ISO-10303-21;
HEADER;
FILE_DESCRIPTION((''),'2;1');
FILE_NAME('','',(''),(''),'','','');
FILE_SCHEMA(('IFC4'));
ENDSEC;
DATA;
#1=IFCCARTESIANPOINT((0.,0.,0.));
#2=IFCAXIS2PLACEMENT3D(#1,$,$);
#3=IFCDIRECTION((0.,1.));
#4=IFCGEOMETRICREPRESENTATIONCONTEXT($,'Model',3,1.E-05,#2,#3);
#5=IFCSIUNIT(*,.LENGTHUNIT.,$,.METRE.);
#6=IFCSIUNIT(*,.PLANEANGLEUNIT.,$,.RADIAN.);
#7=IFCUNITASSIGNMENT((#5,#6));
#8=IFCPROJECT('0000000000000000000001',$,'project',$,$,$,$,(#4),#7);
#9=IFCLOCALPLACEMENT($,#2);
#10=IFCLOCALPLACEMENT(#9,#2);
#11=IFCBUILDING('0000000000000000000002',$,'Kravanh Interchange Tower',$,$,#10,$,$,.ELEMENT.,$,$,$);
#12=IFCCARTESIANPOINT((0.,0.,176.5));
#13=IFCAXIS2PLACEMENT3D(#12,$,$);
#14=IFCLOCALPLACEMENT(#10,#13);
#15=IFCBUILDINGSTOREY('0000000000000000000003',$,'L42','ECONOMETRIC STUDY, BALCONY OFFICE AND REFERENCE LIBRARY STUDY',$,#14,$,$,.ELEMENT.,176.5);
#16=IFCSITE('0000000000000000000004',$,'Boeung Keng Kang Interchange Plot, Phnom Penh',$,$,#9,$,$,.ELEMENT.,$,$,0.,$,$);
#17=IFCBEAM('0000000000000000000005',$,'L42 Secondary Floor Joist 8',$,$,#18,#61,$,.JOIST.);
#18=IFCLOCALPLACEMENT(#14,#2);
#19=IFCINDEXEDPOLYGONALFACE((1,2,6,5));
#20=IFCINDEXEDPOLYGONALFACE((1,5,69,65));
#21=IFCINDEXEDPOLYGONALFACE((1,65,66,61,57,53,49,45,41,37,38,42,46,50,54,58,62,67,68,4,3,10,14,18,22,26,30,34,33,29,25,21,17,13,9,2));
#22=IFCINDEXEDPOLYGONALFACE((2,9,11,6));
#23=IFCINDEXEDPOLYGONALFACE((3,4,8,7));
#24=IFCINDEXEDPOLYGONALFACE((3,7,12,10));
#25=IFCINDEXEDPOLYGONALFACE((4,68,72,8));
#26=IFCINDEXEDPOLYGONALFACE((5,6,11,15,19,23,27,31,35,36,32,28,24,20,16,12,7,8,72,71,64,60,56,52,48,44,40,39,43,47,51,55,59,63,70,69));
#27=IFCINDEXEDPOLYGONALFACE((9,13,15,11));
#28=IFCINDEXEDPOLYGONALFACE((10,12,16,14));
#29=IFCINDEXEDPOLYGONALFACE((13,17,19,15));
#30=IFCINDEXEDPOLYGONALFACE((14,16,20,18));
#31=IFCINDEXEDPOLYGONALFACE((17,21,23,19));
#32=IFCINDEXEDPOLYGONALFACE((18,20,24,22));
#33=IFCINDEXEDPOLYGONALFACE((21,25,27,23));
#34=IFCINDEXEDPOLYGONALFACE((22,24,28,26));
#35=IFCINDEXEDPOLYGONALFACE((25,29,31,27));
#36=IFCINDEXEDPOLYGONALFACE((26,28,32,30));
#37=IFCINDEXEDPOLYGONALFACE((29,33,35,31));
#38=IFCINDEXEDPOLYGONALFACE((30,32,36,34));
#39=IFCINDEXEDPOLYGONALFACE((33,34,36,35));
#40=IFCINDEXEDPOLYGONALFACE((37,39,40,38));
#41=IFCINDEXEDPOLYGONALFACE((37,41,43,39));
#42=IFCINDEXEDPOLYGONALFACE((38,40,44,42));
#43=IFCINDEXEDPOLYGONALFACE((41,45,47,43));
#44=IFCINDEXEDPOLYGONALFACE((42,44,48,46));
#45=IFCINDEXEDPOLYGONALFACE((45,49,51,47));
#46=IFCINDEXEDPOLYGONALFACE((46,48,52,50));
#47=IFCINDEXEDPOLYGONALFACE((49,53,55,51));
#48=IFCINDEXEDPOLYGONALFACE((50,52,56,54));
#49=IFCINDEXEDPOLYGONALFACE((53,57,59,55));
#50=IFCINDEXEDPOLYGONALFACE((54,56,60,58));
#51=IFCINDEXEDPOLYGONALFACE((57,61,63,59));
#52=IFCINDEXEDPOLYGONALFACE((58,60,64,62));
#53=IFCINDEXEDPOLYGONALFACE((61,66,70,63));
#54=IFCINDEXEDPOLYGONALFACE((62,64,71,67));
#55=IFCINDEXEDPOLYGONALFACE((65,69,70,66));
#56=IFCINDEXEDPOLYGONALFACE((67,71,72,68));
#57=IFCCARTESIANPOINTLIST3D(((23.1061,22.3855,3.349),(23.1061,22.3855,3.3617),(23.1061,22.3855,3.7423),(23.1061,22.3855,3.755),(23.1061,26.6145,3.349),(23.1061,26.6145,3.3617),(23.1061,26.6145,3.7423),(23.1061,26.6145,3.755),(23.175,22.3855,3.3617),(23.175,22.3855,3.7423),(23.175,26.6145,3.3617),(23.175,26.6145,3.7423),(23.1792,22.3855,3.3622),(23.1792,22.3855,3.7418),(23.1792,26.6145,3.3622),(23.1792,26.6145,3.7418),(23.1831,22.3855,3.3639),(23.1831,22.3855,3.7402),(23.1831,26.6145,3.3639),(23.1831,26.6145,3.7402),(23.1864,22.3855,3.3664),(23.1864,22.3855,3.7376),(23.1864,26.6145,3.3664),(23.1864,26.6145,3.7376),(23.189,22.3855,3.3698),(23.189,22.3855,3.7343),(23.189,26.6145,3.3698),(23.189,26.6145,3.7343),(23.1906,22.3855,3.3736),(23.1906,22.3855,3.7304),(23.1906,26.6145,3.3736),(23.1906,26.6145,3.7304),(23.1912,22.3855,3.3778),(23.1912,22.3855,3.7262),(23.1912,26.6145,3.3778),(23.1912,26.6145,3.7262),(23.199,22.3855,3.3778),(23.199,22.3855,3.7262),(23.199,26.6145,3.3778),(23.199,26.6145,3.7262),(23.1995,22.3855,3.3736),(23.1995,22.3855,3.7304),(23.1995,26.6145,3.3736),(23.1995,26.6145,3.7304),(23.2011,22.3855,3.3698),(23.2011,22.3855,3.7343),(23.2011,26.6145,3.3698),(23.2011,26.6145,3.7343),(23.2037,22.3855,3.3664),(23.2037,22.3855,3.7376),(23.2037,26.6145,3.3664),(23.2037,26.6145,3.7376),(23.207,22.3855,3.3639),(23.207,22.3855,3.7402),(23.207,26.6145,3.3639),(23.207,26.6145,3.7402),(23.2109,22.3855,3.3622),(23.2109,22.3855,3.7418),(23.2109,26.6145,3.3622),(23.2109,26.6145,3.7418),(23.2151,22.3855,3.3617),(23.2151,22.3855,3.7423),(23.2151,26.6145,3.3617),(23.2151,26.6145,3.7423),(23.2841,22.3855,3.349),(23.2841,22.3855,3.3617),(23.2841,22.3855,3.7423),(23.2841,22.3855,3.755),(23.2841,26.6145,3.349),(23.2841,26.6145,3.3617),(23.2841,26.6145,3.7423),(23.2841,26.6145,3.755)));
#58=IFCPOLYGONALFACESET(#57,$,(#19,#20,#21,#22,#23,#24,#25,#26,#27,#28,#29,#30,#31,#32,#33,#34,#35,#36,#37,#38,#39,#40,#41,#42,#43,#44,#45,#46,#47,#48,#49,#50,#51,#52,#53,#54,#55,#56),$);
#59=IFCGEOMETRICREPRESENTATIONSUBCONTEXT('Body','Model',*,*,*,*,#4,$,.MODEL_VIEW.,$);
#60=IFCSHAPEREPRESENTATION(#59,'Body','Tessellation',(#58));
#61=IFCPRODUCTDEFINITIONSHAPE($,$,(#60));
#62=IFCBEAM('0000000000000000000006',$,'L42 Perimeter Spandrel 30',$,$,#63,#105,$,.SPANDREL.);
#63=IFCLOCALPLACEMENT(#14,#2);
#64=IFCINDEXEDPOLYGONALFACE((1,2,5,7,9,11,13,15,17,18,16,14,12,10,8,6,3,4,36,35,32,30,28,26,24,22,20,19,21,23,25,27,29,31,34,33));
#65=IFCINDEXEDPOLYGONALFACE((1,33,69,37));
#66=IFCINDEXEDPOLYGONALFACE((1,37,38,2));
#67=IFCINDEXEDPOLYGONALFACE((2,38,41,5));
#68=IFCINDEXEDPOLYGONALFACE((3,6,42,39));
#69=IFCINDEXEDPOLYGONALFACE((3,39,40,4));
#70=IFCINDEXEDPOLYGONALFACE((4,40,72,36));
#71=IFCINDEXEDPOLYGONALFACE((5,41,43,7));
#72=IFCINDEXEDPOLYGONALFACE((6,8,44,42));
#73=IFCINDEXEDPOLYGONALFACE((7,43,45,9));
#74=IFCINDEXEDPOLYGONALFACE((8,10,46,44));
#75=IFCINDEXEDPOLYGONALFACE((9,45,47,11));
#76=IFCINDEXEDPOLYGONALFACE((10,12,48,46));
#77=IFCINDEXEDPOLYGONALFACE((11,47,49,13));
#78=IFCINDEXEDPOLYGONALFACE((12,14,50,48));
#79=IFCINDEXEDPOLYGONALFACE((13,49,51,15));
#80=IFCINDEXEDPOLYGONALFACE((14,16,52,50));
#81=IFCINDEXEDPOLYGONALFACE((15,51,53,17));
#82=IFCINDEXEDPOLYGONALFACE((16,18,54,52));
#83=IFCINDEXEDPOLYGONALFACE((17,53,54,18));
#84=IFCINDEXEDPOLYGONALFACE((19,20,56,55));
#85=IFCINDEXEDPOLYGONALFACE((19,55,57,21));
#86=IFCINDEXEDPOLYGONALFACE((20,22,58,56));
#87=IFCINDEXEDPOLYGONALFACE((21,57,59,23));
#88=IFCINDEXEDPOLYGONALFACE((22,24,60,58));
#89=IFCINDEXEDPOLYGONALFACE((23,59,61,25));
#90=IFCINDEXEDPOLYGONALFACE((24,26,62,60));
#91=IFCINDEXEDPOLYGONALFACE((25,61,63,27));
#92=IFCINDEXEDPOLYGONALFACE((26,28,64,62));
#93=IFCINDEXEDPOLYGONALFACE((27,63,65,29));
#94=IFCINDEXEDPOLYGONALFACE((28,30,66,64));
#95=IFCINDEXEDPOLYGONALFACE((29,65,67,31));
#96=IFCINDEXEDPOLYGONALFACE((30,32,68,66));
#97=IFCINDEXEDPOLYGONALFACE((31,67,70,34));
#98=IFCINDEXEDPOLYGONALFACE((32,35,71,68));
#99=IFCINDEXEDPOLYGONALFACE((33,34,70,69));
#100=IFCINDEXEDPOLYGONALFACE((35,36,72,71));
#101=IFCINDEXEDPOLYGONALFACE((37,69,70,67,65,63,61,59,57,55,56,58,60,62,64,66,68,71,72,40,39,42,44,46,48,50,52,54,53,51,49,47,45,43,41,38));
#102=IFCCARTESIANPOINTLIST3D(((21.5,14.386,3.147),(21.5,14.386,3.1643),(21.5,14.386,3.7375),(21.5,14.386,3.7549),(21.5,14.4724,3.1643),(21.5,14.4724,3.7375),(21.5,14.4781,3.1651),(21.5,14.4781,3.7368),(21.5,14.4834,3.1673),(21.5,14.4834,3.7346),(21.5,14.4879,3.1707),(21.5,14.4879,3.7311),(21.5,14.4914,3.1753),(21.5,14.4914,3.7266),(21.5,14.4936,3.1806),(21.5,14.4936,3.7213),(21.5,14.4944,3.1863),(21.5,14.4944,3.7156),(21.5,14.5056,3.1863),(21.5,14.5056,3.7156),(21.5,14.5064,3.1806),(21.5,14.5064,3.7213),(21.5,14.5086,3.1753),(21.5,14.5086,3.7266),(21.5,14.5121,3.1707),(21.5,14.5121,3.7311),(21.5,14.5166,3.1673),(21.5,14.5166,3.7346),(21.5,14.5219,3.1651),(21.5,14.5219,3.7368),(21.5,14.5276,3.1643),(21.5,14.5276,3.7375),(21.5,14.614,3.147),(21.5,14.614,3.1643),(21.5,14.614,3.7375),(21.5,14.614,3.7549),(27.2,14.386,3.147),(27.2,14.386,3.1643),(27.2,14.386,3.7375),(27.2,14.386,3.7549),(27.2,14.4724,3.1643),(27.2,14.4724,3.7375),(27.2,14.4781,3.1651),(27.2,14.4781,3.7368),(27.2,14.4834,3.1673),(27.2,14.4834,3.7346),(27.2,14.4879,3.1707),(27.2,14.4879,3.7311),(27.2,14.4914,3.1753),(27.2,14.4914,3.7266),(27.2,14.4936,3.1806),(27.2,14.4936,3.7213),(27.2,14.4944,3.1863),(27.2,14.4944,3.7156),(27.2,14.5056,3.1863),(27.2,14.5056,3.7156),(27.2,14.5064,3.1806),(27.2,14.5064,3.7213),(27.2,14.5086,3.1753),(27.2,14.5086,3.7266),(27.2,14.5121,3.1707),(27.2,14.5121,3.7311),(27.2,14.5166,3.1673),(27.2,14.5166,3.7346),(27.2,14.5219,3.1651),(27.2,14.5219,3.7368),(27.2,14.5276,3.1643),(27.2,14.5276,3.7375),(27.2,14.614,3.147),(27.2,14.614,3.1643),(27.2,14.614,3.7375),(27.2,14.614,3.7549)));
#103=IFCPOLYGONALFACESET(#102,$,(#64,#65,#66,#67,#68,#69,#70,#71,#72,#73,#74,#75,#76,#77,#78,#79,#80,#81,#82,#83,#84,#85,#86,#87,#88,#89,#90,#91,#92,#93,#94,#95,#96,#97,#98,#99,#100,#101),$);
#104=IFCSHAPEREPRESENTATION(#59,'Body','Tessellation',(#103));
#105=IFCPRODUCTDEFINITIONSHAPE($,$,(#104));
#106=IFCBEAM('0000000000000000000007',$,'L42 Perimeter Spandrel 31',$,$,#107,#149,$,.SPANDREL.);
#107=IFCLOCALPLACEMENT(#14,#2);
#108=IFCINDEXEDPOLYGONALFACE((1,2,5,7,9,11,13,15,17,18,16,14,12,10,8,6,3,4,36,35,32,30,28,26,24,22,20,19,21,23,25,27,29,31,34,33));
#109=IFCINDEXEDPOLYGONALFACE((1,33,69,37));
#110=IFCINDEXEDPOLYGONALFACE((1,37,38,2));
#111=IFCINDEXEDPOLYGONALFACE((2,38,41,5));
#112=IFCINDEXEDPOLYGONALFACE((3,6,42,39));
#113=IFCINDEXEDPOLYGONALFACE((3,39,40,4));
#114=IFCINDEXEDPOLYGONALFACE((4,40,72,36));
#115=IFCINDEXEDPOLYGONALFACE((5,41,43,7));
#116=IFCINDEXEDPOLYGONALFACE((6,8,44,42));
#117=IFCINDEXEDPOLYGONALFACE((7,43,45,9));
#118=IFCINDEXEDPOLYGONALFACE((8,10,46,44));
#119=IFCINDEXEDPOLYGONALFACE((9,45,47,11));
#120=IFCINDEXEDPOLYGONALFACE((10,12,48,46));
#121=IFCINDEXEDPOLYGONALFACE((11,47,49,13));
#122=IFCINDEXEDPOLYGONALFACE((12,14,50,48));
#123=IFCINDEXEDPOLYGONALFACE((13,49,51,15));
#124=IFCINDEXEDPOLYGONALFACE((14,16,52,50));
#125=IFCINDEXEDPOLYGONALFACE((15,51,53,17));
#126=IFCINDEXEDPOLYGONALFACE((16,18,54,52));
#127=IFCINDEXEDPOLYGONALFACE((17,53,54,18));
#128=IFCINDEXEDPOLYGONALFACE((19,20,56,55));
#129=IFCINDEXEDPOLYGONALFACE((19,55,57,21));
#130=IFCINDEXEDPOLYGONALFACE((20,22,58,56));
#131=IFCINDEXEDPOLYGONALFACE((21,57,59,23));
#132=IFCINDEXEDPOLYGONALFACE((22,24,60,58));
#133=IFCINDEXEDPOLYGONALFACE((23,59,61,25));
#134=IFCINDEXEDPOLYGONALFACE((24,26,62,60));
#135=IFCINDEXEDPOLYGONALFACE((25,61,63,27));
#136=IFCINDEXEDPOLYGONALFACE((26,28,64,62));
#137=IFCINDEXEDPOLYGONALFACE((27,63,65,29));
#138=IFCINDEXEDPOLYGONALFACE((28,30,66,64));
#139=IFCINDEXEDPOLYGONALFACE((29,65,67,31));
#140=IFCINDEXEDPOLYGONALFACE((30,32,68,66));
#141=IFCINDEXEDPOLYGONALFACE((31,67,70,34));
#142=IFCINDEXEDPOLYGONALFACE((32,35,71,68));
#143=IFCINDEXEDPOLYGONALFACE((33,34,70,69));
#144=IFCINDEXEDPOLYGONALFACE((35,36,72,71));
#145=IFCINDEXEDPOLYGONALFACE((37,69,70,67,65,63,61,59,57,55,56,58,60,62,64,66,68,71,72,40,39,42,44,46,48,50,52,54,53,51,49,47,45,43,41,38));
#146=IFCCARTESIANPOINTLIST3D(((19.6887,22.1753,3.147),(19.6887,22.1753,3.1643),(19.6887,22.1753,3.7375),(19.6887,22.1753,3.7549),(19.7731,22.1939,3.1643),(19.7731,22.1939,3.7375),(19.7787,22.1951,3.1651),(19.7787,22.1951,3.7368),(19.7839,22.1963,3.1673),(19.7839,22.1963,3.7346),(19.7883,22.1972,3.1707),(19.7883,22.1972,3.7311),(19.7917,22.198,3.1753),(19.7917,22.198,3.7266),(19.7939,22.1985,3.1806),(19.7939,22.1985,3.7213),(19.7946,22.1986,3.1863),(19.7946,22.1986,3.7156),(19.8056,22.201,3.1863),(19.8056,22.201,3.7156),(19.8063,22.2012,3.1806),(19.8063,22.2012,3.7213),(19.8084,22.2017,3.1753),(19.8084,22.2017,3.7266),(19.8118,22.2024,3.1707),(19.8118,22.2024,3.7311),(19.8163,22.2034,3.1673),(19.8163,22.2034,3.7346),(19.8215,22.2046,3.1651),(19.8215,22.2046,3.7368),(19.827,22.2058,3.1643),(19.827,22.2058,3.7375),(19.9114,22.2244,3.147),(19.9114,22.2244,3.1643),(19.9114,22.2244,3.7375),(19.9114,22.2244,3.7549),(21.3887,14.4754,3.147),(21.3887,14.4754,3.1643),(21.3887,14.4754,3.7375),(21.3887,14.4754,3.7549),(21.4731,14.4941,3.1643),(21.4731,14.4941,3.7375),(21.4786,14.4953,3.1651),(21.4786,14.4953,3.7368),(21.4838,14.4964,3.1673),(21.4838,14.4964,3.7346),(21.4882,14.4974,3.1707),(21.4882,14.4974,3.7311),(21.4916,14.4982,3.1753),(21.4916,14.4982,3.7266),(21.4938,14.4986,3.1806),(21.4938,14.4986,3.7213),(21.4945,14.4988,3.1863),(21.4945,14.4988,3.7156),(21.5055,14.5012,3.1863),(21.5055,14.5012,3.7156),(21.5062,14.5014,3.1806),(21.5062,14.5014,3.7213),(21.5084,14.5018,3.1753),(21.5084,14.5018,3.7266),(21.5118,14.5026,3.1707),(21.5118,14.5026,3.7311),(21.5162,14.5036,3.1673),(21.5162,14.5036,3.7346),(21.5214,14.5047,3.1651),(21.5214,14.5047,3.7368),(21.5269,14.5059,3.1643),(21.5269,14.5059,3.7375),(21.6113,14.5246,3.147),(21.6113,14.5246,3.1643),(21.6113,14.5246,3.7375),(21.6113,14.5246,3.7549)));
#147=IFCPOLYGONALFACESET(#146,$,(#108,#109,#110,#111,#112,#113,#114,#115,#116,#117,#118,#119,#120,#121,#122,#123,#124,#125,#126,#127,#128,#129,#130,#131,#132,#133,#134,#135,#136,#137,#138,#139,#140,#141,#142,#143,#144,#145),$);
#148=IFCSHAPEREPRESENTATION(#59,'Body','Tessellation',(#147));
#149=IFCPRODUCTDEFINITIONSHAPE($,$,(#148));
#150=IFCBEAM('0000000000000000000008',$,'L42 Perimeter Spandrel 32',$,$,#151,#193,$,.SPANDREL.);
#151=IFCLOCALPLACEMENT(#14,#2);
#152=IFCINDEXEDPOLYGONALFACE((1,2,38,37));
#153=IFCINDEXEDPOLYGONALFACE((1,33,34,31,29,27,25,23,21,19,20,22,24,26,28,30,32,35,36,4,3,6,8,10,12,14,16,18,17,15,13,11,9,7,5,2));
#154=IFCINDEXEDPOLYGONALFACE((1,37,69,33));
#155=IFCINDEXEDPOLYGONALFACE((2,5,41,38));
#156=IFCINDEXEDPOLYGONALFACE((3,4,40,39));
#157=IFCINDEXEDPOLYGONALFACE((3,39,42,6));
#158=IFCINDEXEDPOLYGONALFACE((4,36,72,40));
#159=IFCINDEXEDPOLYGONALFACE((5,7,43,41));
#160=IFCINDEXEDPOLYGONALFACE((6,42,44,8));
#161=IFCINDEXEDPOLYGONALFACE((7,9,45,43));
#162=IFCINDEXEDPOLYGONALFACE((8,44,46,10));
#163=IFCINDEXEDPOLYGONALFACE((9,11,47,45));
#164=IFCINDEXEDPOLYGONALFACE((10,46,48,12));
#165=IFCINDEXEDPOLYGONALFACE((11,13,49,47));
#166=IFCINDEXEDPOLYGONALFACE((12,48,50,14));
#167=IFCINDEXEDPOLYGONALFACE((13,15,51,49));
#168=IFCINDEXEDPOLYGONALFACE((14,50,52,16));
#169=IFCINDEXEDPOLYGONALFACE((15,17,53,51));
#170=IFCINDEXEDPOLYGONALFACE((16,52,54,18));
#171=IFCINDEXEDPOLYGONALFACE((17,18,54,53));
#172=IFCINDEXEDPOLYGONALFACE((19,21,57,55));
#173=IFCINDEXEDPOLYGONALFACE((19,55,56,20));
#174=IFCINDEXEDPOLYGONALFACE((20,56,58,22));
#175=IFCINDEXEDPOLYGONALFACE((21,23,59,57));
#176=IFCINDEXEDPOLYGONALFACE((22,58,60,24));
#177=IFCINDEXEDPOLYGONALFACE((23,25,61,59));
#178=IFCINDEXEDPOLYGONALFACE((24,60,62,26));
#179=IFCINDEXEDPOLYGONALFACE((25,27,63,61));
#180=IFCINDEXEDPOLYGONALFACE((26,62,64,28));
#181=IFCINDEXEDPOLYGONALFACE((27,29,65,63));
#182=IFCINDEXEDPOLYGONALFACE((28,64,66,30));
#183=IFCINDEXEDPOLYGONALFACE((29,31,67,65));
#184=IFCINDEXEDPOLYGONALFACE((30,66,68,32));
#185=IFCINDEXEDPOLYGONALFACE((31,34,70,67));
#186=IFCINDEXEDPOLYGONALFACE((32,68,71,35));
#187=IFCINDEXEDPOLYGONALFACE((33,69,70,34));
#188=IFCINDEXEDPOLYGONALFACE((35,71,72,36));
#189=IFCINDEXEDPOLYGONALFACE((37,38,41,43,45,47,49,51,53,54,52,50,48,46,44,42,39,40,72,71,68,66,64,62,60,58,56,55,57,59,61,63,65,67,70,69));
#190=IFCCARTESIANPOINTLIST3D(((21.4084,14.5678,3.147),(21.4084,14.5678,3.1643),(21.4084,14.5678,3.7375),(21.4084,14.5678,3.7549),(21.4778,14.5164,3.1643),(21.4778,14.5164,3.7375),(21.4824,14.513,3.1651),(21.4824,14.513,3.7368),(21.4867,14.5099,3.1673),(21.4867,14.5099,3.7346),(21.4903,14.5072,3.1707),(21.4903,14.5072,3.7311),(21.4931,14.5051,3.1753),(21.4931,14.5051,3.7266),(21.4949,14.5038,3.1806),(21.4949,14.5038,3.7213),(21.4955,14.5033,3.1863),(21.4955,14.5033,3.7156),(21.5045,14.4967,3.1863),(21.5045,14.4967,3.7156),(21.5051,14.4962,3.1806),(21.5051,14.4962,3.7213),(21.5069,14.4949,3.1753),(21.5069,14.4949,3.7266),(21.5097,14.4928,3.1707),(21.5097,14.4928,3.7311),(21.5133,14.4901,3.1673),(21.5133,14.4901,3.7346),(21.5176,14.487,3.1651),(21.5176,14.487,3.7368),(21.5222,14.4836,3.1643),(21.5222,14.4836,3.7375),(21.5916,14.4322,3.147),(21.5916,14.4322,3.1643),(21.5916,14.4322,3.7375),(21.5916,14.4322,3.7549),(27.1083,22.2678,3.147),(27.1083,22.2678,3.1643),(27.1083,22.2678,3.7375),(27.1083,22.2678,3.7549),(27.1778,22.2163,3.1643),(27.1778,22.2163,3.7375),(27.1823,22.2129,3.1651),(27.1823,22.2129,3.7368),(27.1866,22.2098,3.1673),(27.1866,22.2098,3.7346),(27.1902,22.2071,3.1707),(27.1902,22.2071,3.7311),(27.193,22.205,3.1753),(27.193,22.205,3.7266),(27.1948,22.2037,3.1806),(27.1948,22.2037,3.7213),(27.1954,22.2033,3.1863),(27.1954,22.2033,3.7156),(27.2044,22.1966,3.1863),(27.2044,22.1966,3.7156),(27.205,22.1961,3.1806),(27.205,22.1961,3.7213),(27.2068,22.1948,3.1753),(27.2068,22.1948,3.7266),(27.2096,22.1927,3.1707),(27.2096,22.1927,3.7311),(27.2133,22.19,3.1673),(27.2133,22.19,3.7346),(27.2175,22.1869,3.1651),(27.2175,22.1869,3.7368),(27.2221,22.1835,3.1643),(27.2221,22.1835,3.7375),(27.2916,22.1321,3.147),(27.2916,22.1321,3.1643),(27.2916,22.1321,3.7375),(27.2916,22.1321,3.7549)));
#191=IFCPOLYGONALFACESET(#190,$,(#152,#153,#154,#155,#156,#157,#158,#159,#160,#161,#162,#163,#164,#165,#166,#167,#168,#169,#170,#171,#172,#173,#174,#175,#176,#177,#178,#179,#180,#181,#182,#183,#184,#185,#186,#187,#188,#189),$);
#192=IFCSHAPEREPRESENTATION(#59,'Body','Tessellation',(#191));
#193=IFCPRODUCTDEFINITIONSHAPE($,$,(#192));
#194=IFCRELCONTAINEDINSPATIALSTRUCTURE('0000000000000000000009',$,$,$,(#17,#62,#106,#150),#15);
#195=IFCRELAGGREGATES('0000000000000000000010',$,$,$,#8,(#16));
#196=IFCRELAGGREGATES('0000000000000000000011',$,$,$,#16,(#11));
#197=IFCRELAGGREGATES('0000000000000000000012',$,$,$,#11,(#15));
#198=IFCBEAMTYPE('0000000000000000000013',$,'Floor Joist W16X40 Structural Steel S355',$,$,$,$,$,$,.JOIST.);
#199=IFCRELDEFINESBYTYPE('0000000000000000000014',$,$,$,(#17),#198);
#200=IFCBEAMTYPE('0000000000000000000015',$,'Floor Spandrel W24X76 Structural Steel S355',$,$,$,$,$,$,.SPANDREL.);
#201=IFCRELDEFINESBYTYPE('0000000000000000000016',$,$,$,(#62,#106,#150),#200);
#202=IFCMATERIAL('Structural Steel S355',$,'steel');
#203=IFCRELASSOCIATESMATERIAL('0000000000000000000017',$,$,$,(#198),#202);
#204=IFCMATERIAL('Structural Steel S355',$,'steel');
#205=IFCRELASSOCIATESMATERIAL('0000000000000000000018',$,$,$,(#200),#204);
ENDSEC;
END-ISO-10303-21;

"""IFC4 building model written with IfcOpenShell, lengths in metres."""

from ifc_helpers import new_model, si_unit, direction, frame, origin, origin_2d, place, context, subcontext, project, spatial, i_section, extrude, material, material_profile, profile_set, type_object, element, save


model = new_model("IFC4")

# Units and contexts
model_context = context("Model", 3, precision=1e-05, world=origin(), true_north=direction((0.0, 1.0)))
body_context = subcontext(model_context, "Body", "Model", "MODEL_VIEW")
ifc_project = project(units=[si_unit("LENGTHUNIT", "METRE"), si_unit("PLANEANGLEUNIT", "RADIAN")], contexts=[model_context])

# Site, building, storey
site_placement = place(None, origin())
site = spatial("IfcSite", under=ifc_project, at=site_placement, Name="Boeung Keng Kang Interchange Plot, Phnom Penh", CompositionType="ELEMENT", RefElevation=0.0)
building_placement = place(site_placement, origin())
building = spatial("IfcBuilding", under=site, at=building_placement, Name="Kravanh Interchange Tower", CompositionType="ELEMENT")
storey_placement = place(building_placement, frame((0.0, 0.0, 176.5)))
storey = spatial("IfcBuildingStorey", under=building, at=storey_placement, Name="L42", Description="ECONOMETRIC STUDY, BALCONY OFFICE AND REFERENCE LIBRARY STUDY", CompositionType="ELEMENT", Elevation=176.5)

# Beams
ifc_material_1 = material(Name="Structural Steel S355", Category="steel")
ifc_material_profile_1 = material_profile(ifc_material_1, i_section(OverallWidth=0.178, OverallDepth=0.406, WebThickness=0.0078, FlangeThickness=0.0127, FilletRadius=0.0161, at=origin_2d()), Name="W16X40")
ifc_profile_set_1 = profile_set([ifc_material_profile_1], Name="Structural Steel S355")
beam_type_1 = type_object("IfcBeamType", Name="Floor Joist W16X40 Structural Steel S355", PredefinedType="JOIST", material=ifc_profile_set_1)
beam_1_placement = place(storey_placement, frame((23.1951, 22.3855, 3.552), z_axis=(0.0, 1.0, 0.0), x_axis=(-1.0, 0.0, 0.0)))
element("IfcBeam", 1, at=beam_1_placement, inside=storey, type_object=beam_type_1, Name="L42 Secondary Floor Joist 8", PredefinedType="JOIST", context=body_context, shape_type="SweptSolid", body=[
    extrude(i_section(OverallWidth=0.178, OverallDepth=0.406, WebThickness=0.0078, FlangeThickness=0.0127, FilletRadius=0.0161, at=origin_2d()), origin(), (0.0, 0.0, 1.0), 4.229),
])
ifc_material_2 = material(Name="Structural Steel S355", Category="steel")
ifc_material_profile_2 = material_profile(ifc_material_2, i_section(OverallWidth=0.228, OverallDepth=0.6079, WebThickness=0.0112, FlangeThickness=0.0173, FilletRadius=0.022, at=origin_2d()), Name="W24X76")
ifc_profile_set_2 = profile_set([ifc_material_profile_2], Name="Structural Steel S355")
beam_type_2 = type_object("IfcBeamType", Name="Floor Spandrel W24X76 Structural Steel S355", PredefinedType="SPANDREL", material=ifc_profile_set_2)
beam_2_placement = place(storey_placement, frame((21.5, 14.5, 3.4509), z_axis=(1.0, 0.0, 0.0), x_axis=(0.0, 1.0, 0.0)))
element("IfcBeam", 2, at=beam_2_placement, inside=storey, type_object=beam_type_2, Name="L42 Perimeter Spandrel 30", PredefinedType="SPANDREL", context=body_context, shape_type="SweptSolid", body=[
    extrude(i_section(OverallWidth=0.228, OverallDepth=0.6079, WebThickness=0.0112, FlangeThickness=0.0173, FilletRadius=0.022, at=origin_2d()), origin(), (0.0, 0.0, 1.0), 5.7),
])
beam_3_placement = place(storey_placement, frame((21.5, 14.5, 3.4509), z_axis=(-0.215583, 0.976486, 0.0), x_axis=(-0.976486, -0.215583, 0.0)))
element("IfcBeam", 3, at=beam_3_placement, inside=storey, type_object=beam_type_2, Name="L42 Perimeter Spandrel 31", PredefinedType="SPANDREL", context=body_context, shape_type="SweptSolid", body=[
    extrude(i_section(OverallWidth=0.228, OverallDepth=0.6079, WebThickness=0.0112, FlangeThickness=0.0173, FilletRadius=0.022, at=origin_2d()), origin(), (0.0, 0.0, 1.0), 7.8853),
])
beam_4_placement = place(storey_placement, frame((21.5, 14.5, 3.4509), z_axis=(0.594977, 0.803743, 0.0), x_axis=(-0.803743, 0.594977, 0.0)))
element("IfcBeam", 4, at=beam_4_placement, inside=storey, type_object=beam_type_2, Name="L42 Perimeter Spandrel 32", PredefinedType="SPANDREL", context=body_context, shape_type="SweptSolid", body=[
    extrude(i_section(OverallWidth=0.228, OverallDepth=0.6079, WebThickness=0.0112, FlangeThickness=0.0173, FilletRadius=0.022, at=origin_2d()), origin(), (0.0, 0.0, 1.0), 9.5801),
])

save(model, "model.ifc")
